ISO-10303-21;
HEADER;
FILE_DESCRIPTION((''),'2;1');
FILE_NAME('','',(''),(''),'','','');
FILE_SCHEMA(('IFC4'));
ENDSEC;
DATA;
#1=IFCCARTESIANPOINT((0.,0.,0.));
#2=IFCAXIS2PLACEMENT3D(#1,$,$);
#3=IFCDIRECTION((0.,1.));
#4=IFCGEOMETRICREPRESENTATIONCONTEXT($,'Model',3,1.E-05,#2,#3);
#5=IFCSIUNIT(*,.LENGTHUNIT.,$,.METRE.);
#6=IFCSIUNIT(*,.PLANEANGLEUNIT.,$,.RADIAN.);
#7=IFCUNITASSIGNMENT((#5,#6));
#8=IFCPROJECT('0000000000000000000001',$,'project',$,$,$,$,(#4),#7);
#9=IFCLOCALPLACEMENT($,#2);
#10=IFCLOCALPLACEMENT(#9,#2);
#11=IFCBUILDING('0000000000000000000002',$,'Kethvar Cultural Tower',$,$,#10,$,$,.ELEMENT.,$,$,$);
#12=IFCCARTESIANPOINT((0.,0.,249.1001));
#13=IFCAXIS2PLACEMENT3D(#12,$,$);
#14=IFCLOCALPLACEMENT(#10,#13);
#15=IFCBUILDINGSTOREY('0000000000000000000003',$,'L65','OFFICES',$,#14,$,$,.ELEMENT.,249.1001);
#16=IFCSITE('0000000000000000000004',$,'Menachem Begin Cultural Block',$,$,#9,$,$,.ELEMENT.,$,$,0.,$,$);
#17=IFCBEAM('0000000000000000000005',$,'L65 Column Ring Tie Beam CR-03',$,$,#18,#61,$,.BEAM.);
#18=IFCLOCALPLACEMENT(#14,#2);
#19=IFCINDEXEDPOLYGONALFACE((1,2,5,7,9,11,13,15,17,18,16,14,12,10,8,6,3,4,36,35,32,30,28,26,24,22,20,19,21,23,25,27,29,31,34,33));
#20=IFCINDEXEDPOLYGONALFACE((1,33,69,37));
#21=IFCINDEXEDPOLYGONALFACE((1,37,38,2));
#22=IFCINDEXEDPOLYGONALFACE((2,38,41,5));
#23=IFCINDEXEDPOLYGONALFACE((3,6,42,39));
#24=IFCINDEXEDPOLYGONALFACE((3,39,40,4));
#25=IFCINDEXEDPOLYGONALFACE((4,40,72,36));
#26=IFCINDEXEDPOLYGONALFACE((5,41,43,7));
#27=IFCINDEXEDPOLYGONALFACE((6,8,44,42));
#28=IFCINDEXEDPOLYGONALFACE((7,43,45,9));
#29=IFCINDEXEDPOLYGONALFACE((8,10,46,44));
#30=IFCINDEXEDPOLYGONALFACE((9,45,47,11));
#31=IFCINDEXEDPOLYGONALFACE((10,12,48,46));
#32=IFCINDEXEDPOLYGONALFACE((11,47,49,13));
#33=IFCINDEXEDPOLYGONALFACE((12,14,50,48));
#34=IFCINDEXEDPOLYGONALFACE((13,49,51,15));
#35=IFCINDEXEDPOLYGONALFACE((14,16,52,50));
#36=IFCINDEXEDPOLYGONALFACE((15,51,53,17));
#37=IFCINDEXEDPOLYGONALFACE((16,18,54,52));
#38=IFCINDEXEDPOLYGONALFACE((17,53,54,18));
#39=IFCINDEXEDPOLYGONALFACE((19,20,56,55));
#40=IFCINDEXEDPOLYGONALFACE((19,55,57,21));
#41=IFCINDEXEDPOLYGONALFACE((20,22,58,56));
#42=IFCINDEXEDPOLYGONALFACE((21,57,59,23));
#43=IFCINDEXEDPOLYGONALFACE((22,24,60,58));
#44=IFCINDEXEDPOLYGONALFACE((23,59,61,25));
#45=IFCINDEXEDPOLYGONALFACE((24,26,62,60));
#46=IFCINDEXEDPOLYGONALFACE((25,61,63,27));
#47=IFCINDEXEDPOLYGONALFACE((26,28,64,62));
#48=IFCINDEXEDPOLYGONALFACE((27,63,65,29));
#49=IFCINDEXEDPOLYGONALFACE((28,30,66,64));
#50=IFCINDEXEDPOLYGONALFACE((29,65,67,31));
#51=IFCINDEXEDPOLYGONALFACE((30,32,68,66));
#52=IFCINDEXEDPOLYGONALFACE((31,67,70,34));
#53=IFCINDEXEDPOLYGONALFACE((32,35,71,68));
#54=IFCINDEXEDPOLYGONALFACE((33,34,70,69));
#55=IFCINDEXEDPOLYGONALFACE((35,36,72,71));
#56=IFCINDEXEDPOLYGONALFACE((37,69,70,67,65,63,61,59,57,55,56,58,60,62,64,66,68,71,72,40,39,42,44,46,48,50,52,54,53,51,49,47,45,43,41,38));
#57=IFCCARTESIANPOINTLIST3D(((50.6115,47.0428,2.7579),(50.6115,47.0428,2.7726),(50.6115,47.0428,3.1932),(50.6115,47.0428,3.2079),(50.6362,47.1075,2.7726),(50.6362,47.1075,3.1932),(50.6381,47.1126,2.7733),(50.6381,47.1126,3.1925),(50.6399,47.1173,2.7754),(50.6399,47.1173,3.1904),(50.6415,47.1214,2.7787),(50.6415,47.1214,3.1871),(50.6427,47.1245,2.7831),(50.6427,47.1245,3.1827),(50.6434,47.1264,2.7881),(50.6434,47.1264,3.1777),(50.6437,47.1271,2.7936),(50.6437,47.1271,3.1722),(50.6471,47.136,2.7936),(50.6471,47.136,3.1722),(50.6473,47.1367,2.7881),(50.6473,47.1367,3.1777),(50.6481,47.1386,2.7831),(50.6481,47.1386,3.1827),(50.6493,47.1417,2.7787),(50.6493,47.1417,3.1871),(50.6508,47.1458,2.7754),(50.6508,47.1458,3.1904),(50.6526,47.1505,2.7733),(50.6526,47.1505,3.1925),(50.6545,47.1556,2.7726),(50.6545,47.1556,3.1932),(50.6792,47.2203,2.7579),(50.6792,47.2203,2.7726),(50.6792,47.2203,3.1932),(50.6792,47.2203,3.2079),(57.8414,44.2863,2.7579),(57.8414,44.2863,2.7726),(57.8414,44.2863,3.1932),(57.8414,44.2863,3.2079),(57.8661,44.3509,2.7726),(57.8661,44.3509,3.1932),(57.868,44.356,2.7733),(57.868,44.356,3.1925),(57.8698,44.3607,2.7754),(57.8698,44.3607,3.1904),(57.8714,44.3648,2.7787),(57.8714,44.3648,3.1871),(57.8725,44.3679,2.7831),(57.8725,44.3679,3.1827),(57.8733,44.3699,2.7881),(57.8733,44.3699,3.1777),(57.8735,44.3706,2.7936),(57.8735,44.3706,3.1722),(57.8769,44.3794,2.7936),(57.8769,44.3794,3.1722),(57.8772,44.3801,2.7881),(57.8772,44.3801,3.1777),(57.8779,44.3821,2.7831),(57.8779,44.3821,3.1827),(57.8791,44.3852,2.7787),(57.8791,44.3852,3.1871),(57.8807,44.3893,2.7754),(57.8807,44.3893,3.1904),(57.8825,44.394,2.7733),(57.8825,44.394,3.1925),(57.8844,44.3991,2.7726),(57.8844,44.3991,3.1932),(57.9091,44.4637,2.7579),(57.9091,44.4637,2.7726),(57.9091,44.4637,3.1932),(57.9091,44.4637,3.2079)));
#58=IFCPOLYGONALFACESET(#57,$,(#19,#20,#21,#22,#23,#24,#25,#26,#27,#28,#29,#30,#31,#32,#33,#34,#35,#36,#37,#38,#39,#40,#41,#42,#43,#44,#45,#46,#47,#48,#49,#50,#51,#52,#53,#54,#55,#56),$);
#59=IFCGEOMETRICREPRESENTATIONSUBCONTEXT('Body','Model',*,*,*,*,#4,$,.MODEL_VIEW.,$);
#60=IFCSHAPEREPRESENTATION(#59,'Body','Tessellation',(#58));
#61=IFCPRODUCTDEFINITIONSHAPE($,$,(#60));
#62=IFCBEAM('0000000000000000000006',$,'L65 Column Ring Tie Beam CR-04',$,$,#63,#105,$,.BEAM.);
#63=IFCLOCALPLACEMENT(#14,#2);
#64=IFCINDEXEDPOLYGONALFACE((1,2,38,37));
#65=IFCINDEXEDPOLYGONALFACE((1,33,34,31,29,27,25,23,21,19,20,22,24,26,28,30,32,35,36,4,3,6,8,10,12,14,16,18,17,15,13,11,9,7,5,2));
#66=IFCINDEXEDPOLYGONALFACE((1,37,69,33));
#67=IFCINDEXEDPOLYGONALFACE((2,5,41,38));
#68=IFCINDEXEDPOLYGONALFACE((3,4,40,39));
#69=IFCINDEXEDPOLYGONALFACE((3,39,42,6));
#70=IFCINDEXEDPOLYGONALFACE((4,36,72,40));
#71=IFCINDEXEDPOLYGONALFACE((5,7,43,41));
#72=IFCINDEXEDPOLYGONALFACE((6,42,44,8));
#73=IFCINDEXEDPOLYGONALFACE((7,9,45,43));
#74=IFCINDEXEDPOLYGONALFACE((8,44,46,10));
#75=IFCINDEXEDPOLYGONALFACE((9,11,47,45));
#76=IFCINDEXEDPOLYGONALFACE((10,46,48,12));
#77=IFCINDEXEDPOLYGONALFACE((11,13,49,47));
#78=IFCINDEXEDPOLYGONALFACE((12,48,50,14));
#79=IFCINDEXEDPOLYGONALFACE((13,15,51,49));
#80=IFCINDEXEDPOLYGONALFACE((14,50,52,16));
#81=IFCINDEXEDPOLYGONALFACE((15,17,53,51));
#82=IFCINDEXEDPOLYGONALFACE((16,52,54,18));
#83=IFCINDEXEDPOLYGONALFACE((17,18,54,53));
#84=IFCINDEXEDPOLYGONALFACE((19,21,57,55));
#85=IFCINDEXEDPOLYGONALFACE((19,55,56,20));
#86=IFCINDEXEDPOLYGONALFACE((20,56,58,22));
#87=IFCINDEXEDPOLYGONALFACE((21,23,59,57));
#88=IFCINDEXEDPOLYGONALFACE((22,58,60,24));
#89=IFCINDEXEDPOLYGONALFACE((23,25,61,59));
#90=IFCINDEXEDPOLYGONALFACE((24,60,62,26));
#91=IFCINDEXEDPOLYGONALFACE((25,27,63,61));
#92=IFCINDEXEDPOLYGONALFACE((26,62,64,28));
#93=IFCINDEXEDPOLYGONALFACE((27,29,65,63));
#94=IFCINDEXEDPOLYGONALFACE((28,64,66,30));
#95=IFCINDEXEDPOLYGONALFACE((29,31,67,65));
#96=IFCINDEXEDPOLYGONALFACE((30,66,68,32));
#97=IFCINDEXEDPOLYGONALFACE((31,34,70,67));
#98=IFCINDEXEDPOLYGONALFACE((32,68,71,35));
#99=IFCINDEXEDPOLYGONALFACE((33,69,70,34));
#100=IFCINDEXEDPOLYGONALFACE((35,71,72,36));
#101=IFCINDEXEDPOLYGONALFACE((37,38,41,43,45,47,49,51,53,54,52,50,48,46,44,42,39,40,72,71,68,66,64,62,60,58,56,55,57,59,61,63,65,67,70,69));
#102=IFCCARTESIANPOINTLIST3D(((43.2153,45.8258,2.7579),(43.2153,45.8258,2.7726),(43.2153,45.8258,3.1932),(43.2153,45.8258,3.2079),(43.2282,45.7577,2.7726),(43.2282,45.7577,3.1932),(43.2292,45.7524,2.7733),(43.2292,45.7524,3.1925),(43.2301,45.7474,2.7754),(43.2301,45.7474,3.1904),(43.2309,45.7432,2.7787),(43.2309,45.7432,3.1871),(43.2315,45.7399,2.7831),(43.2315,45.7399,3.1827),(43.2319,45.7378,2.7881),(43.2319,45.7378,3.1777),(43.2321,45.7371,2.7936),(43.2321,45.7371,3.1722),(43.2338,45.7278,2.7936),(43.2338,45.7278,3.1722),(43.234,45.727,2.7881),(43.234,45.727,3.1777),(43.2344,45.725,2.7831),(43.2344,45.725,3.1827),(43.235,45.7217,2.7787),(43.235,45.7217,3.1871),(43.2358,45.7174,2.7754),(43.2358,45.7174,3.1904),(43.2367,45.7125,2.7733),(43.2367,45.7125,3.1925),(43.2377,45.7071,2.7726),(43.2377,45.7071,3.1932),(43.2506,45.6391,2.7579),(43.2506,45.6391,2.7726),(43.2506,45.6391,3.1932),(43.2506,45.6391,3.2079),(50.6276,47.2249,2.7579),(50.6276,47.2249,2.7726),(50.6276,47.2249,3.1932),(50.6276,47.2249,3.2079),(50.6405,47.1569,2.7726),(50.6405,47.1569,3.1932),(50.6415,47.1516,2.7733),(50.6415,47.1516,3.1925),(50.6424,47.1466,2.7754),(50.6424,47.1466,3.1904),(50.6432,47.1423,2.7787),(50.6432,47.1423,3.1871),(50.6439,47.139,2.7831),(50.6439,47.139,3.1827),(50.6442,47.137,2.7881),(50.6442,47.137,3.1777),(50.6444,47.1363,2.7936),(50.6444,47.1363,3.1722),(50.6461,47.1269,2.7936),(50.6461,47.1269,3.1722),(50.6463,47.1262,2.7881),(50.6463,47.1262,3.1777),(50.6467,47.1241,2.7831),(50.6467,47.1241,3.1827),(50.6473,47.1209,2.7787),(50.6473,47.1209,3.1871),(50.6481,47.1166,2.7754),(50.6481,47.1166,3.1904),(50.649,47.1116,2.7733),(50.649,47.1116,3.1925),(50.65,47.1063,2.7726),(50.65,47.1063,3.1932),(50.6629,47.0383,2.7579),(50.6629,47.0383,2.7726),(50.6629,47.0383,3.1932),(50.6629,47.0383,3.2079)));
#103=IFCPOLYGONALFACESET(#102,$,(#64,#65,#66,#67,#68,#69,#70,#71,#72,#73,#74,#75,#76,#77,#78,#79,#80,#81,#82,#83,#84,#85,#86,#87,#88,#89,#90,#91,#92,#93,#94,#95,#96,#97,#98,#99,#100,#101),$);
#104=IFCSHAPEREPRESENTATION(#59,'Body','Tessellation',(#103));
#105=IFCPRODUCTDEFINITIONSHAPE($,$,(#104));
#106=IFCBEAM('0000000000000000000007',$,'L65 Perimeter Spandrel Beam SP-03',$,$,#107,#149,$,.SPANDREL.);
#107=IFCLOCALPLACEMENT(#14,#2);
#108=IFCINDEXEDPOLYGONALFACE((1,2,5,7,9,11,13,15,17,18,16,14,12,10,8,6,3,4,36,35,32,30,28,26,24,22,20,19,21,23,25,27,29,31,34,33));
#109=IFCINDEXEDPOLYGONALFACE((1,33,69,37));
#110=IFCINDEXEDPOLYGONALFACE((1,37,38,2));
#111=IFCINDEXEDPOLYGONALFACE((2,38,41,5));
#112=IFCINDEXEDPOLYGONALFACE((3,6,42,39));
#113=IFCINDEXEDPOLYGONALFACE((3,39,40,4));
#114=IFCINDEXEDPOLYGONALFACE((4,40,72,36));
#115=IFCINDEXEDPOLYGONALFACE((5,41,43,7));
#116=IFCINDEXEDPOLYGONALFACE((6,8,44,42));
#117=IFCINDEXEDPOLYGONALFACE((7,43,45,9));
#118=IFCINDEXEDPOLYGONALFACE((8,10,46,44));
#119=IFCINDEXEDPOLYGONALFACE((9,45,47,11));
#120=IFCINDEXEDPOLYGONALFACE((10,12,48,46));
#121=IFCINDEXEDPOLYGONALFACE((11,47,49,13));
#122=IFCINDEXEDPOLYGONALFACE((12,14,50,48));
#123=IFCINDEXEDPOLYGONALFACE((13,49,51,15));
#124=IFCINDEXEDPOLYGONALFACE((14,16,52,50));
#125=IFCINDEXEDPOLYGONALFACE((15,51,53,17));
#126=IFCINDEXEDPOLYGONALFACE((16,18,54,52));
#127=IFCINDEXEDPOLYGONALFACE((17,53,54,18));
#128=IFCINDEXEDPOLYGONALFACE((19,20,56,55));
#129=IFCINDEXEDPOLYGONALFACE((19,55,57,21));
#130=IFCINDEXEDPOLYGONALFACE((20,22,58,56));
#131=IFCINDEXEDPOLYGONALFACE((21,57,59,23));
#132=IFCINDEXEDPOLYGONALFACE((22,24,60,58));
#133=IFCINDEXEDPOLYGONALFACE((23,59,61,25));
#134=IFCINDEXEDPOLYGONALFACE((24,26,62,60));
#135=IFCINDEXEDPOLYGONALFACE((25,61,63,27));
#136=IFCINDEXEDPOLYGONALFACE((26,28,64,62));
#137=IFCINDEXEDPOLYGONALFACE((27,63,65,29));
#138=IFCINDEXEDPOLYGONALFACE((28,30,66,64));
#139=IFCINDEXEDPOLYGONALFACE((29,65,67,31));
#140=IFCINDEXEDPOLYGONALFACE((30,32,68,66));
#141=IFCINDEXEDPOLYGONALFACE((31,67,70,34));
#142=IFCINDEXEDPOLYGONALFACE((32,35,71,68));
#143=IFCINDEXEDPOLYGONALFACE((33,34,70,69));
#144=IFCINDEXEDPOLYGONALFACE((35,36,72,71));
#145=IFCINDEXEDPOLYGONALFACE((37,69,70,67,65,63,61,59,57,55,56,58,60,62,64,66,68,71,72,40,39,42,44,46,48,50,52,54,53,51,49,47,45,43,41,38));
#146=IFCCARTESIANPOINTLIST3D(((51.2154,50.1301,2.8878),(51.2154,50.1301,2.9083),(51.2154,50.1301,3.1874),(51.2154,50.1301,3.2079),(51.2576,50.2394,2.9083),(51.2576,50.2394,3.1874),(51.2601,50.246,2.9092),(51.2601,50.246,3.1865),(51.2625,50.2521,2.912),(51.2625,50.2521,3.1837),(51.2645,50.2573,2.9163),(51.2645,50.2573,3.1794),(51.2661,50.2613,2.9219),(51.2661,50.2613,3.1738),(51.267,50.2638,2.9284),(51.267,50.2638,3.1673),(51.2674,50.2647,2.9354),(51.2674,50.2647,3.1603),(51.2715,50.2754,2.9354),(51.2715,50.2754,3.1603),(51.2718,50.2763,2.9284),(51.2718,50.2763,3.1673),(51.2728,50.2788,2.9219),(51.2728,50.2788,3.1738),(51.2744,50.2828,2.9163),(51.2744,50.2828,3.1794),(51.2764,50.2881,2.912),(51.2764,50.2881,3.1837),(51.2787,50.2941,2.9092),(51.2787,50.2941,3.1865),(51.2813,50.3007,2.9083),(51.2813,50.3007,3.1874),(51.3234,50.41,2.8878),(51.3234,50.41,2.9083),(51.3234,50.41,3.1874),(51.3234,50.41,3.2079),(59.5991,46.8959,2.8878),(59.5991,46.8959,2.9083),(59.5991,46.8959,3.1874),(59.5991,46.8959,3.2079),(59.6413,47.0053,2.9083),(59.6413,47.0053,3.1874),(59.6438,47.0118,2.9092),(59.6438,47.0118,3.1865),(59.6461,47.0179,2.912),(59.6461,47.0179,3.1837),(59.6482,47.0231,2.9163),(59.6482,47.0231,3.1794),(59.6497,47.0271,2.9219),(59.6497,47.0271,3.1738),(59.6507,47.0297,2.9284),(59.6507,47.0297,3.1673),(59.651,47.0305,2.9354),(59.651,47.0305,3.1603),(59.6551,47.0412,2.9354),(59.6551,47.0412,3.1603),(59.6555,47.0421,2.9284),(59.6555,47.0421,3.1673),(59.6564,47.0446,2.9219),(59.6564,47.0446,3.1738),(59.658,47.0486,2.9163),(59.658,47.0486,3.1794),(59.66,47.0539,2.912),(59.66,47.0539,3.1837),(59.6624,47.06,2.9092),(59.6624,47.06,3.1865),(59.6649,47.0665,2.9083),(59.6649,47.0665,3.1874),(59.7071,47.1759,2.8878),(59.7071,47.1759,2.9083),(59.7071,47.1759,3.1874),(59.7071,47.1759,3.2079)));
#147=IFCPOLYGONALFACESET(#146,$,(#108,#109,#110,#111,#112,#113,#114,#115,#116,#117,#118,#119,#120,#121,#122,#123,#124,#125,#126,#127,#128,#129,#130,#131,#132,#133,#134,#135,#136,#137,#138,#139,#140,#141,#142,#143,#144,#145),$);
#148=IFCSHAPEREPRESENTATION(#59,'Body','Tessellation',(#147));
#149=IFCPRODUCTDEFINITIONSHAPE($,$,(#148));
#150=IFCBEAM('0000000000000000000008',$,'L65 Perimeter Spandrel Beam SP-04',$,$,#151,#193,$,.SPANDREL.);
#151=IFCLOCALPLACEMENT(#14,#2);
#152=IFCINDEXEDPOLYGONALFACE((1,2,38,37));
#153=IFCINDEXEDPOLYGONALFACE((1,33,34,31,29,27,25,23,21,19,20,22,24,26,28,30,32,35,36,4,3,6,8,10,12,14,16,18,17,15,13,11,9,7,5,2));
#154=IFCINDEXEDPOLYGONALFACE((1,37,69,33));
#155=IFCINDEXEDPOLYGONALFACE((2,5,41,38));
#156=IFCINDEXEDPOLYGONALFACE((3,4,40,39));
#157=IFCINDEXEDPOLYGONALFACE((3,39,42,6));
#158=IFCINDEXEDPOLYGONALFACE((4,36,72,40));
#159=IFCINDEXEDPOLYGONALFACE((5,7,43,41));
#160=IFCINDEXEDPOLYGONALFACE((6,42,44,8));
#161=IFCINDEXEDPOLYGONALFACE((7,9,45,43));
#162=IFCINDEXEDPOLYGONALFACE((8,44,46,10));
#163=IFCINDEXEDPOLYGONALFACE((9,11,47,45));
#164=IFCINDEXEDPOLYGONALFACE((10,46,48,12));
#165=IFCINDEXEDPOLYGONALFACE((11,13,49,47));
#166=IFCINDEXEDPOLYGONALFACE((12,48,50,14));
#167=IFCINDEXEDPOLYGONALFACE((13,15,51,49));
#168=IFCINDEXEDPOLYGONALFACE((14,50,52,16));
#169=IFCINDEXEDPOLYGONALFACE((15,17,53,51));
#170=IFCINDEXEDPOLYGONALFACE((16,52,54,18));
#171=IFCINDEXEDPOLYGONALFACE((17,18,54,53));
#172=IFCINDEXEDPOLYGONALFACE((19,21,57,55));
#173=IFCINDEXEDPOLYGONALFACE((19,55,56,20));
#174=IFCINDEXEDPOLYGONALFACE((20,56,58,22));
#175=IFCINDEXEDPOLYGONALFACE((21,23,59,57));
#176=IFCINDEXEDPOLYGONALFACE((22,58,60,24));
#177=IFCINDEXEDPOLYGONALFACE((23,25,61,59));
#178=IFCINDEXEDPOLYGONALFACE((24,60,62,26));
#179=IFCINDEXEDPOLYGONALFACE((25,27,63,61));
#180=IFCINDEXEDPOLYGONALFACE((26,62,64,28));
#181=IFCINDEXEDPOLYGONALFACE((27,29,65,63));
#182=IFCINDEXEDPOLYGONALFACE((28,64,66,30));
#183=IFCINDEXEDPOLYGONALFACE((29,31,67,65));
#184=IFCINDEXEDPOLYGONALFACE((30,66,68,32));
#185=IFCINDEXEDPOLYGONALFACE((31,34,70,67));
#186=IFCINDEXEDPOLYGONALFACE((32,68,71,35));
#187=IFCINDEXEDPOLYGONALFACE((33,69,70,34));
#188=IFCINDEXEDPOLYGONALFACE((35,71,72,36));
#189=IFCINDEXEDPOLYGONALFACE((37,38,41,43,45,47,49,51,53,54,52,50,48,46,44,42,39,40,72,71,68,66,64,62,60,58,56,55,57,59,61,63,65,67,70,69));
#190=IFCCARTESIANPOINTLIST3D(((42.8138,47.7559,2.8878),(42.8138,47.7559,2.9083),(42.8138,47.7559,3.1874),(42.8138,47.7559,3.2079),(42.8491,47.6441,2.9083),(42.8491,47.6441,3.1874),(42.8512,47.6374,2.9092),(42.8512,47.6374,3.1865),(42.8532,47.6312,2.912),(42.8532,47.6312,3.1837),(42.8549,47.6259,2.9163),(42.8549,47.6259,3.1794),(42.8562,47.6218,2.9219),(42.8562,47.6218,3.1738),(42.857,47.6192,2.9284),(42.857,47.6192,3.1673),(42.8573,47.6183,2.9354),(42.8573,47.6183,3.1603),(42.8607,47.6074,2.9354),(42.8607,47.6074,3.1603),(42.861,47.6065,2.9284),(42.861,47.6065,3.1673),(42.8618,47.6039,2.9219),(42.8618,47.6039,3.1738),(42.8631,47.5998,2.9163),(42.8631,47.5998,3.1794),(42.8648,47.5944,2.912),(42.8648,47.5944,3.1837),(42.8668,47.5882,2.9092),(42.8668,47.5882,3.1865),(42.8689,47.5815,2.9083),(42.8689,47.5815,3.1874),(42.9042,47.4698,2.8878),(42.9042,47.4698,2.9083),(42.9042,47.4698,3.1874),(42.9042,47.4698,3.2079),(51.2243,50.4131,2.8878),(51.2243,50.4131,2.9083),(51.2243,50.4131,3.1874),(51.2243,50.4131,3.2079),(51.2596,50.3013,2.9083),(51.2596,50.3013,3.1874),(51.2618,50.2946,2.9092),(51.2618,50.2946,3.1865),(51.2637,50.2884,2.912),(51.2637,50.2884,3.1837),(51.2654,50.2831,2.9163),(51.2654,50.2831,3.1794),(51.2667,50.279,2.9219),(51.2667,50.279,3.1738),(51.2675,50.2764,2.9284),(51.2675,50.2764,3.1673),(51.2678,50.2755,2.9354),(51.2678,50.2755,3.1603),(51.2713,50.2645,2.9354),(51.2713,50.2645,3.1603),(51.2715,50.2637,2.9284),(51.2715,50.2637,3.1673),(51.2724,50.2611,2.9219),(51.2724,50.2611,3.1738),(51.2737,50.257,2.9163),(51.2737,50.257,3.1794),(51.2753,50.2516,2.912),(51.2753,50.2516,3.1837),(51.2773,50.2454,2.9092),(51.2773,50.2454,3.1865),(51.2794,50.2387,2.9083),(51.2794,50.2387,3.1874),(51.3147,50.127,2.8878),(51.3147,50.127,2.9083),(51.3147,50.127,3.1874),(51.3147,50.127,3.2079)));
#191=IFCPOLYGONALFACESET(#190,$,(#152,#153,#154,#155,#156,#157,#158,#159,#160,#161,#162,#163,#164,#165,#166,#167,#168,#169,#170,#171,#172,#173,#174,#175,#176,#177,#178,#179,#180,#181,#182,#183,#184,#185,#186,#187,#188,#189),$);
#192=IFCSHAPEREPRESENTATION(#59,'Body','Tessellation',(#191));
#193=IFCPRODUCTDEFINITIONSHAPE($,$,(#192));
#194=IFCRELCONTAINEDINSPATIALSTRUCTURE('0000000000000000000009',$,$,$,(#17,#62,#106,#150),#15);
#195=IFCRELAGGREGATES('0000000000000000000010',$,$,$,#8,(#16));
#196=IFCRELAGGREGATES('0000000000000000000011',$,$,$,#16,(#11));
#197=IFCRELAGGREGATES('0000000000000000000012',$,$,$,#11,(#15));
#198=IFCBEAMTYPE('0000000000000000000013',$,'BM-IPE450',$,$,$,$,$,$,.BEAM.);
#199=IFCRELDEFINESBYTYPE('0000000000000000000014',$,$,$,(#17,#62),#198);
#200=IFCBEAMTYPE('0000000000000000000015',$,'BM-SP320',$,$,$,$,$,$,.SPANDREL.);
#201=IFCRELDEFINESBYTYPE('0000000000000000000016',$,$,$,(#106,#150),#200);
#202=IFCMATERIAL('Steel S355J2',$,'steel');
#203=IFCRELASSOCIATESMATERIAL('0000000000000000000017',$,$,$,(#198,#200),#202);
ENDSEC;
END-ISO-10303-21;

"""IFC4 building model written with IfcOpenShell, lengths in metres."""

from ifc_helpers import new_model, si_unit, direction, frame, origin, origin_2d, place, context, subcontext, project, spatial, i_section, extrude, source, transform, mapped, material, material_profile, profile_set, type_object, element, save


model = new_model("IFC4")

# Units and contexts
model_context = context("Model", 3, precision=1e-05, world=origin(), true_north=direction((0.0, 1.0)))
body_context = subcontext(model_context, "Body", "Model", "MODEL_VIEW")
ifc_project = project(units=[si_unit("LENGTHUNIT", "METRE"), si_unit("PLANEANGLEUNIT", "RADIAN")], contexts=[model_context])

# Site, building, storey
site_placement = place(None, origin())
site = spatial("IfcSite", under=ifc_project, at=site_placement, Name="Menachem Begin Cultural Block", CompositionType="ELEMENT", RefElevation=0.0)
building_placement = place(site_placement, origin())
building = spatial("IfcBuilding", under=site, at=building_placement, Name="Kethvar Cultural Tower", CompositionType="ELEMENT")
storey_placement = place(building_placement, frame((0.0, 0.0, 249.1001)))
storey = spatial("IfcBuildingStorey", under=building, at=storey_placement, Name="L65", Description="OFFICES", CompositionType="ELEMENT", Elevation=249.1001)

# Beams
ifc_material_1 = material(Name="Steel S355J2", Category="steel")
ifc_material_profile_1 = material_profile(ifc_material_1, i_section(OverallWidth=0.1899, OverallDepth=0.45, WebThickness=0.0095, FlangeThickness=0.0146, FilletRadius=0.021, at=origin_2d()), Name="Steel S355J2 — IPE450")
ifc_profile_set_1 = profile_set([ifc_material_profile_1], Name="Steel S355J2 — IPE450")
beam_type_1 = type_object("IfcBeamType", Name="BM-IPE450", PredefinedType="BEAM", material=ifc_profile_set_1)
shared_shape_1 = source(origin(), body_context, "Body", "SweptSolid", [
    extrude(i_section(OverallWidth=0.1899, OverallDepth=0.45, WebThickness=0.0095, FlangeThickness=0.0146, FilletRadius=0.021, at=origin_2d()), origin(), (0.0, 0.0, 1.0), 7.7375),
])
beam_1_placement = place(storey_placement, frame((57.8752, 44.375, 2.9829), z_axis=(-0.934388, 0.356256, 0.0), x_axis=(-0.356256, -0.934388, 0.0)))
element("IfcBeam", 1, at=beam_1_placement, inside=storey, type_object=beam_type_1, Name="L65 Column Ring Tie Beam CR-03", PredefinedType="BEAM", context=body_context, shape_type="MappedRepresentation", body=[
    mapped(shared_shape_1, transform((0.0, 0.0, 0.0), scale=1.0)),
])
shared_shape_2 = source(origin(), body_context, "Body", "SweptSolid", [
    extrude(i_section(OverallWidth=0.1899, OverallDepth=0.45, WebThickness=0.0095, FlangeThickness=0.0146, FilletRadius=0.021, at=origin_2d()), origin(), (0.0, 0.0, 1.0), 7.5432),
])
beam_2_placement = place(storey_placement, frame((50.6453, 47.1316, 2.9829), z_axis=(-0.982647, -0.185486, 0.0), x_axis=(0.185486, -0.982647, 0.0)))
element("IfcBeam", 2, at=beam_2_placement, inside=storey, type_object=beam_type_1, Name="L65 Column Ring Tie Beam CR-04", PredefinedType="BEAM", context=body_context, shape_type="MappedRepresentation", body=[
    mapped(shared_shape_2, transform((0.0, 0.0, 0.0), scale=1.0)),
])
ifc_material_profile_2 = material_profile(ifc_material_1, i_section(OverallWidth=0.3, OverallDepth=0.3201, WebThickness=0.0115, FlangeThickness=0.0205, FilletRadius=0.0271, at=origin_2d()), Name="Steel S355J2 — HEB320")
ifc_profile_set_2 = profile_set([ifc_material_profile_2], Name="Steel S355J2 — HEB320")
beam_type_2 = type_object("IfcBeamType", Name="BM-SP320", PredefinedType="SPANDREL", material=ifc_profile_set_2)
shared_shape_3 = source(origin(), body_context, "Body", "SweptSolid", [
    extrude(i_section(OverallWidth=0.3, OverallDepth=0.3201, WebThickness=0.0115, FlangeThickness=0.0205, FilletRadius=0.0271, at=origin_2d()), origin(), (0.0, 0.0, 1.0), 8.9858),
])
beam_3_placement = place(storey_placement, frame((59.6531, 47.0359, 3.0479), z_axis=(-0.932984, 0.359918, 0.0), x_axis=(-0.359918, -0.932984, 0.0)))
element("IfcBeam", 3, at=beam_3_placement, inside=storey, type_object=beam_type_2, Name="L65 Perimeter Spandrel Beam SP-03", PredefinedType="SPANDREL", context=body_context, shape_type="MappedRepresentation", body=[
    mapped(shared_shape_3, transform((0.0, 0.0, 0.0), scale=1.0)),
])
shared_shape_4 = source(origin(), body_context, "Body", "SweptSolid", [
    extrude(i_section(OverallWidth=0.3, OverallDepth=0.3201, WebThickness=0.0115, FlangeThickness=0.0205, FilletRadius=0.0271, at=origin_2d()), origin(), (0.0, 0.0, 1.0), 8.8203),
])
beam_4_placement = place(storey_placement, frame((51.2695, 50.27, 3.0479), z_axis=(-0.953542, -0.301259, 0.0), x_axis=(0.301259, -0.953542, 0.0)))
element("IfcBeam", 4, at=beam_4_placement, inside=storey, type_object=beam_type_2, Name="L65 Perimeter Spandrel Beam SP-04", PredefinedType="SPANDREL", context=body_context, shape_type="MappedRepresentation", body=[
    mapped(shared_shape_4, transform((0.0, 0.0, 0.0), scale=1.0)),
])

save(model, "model.ifc")
